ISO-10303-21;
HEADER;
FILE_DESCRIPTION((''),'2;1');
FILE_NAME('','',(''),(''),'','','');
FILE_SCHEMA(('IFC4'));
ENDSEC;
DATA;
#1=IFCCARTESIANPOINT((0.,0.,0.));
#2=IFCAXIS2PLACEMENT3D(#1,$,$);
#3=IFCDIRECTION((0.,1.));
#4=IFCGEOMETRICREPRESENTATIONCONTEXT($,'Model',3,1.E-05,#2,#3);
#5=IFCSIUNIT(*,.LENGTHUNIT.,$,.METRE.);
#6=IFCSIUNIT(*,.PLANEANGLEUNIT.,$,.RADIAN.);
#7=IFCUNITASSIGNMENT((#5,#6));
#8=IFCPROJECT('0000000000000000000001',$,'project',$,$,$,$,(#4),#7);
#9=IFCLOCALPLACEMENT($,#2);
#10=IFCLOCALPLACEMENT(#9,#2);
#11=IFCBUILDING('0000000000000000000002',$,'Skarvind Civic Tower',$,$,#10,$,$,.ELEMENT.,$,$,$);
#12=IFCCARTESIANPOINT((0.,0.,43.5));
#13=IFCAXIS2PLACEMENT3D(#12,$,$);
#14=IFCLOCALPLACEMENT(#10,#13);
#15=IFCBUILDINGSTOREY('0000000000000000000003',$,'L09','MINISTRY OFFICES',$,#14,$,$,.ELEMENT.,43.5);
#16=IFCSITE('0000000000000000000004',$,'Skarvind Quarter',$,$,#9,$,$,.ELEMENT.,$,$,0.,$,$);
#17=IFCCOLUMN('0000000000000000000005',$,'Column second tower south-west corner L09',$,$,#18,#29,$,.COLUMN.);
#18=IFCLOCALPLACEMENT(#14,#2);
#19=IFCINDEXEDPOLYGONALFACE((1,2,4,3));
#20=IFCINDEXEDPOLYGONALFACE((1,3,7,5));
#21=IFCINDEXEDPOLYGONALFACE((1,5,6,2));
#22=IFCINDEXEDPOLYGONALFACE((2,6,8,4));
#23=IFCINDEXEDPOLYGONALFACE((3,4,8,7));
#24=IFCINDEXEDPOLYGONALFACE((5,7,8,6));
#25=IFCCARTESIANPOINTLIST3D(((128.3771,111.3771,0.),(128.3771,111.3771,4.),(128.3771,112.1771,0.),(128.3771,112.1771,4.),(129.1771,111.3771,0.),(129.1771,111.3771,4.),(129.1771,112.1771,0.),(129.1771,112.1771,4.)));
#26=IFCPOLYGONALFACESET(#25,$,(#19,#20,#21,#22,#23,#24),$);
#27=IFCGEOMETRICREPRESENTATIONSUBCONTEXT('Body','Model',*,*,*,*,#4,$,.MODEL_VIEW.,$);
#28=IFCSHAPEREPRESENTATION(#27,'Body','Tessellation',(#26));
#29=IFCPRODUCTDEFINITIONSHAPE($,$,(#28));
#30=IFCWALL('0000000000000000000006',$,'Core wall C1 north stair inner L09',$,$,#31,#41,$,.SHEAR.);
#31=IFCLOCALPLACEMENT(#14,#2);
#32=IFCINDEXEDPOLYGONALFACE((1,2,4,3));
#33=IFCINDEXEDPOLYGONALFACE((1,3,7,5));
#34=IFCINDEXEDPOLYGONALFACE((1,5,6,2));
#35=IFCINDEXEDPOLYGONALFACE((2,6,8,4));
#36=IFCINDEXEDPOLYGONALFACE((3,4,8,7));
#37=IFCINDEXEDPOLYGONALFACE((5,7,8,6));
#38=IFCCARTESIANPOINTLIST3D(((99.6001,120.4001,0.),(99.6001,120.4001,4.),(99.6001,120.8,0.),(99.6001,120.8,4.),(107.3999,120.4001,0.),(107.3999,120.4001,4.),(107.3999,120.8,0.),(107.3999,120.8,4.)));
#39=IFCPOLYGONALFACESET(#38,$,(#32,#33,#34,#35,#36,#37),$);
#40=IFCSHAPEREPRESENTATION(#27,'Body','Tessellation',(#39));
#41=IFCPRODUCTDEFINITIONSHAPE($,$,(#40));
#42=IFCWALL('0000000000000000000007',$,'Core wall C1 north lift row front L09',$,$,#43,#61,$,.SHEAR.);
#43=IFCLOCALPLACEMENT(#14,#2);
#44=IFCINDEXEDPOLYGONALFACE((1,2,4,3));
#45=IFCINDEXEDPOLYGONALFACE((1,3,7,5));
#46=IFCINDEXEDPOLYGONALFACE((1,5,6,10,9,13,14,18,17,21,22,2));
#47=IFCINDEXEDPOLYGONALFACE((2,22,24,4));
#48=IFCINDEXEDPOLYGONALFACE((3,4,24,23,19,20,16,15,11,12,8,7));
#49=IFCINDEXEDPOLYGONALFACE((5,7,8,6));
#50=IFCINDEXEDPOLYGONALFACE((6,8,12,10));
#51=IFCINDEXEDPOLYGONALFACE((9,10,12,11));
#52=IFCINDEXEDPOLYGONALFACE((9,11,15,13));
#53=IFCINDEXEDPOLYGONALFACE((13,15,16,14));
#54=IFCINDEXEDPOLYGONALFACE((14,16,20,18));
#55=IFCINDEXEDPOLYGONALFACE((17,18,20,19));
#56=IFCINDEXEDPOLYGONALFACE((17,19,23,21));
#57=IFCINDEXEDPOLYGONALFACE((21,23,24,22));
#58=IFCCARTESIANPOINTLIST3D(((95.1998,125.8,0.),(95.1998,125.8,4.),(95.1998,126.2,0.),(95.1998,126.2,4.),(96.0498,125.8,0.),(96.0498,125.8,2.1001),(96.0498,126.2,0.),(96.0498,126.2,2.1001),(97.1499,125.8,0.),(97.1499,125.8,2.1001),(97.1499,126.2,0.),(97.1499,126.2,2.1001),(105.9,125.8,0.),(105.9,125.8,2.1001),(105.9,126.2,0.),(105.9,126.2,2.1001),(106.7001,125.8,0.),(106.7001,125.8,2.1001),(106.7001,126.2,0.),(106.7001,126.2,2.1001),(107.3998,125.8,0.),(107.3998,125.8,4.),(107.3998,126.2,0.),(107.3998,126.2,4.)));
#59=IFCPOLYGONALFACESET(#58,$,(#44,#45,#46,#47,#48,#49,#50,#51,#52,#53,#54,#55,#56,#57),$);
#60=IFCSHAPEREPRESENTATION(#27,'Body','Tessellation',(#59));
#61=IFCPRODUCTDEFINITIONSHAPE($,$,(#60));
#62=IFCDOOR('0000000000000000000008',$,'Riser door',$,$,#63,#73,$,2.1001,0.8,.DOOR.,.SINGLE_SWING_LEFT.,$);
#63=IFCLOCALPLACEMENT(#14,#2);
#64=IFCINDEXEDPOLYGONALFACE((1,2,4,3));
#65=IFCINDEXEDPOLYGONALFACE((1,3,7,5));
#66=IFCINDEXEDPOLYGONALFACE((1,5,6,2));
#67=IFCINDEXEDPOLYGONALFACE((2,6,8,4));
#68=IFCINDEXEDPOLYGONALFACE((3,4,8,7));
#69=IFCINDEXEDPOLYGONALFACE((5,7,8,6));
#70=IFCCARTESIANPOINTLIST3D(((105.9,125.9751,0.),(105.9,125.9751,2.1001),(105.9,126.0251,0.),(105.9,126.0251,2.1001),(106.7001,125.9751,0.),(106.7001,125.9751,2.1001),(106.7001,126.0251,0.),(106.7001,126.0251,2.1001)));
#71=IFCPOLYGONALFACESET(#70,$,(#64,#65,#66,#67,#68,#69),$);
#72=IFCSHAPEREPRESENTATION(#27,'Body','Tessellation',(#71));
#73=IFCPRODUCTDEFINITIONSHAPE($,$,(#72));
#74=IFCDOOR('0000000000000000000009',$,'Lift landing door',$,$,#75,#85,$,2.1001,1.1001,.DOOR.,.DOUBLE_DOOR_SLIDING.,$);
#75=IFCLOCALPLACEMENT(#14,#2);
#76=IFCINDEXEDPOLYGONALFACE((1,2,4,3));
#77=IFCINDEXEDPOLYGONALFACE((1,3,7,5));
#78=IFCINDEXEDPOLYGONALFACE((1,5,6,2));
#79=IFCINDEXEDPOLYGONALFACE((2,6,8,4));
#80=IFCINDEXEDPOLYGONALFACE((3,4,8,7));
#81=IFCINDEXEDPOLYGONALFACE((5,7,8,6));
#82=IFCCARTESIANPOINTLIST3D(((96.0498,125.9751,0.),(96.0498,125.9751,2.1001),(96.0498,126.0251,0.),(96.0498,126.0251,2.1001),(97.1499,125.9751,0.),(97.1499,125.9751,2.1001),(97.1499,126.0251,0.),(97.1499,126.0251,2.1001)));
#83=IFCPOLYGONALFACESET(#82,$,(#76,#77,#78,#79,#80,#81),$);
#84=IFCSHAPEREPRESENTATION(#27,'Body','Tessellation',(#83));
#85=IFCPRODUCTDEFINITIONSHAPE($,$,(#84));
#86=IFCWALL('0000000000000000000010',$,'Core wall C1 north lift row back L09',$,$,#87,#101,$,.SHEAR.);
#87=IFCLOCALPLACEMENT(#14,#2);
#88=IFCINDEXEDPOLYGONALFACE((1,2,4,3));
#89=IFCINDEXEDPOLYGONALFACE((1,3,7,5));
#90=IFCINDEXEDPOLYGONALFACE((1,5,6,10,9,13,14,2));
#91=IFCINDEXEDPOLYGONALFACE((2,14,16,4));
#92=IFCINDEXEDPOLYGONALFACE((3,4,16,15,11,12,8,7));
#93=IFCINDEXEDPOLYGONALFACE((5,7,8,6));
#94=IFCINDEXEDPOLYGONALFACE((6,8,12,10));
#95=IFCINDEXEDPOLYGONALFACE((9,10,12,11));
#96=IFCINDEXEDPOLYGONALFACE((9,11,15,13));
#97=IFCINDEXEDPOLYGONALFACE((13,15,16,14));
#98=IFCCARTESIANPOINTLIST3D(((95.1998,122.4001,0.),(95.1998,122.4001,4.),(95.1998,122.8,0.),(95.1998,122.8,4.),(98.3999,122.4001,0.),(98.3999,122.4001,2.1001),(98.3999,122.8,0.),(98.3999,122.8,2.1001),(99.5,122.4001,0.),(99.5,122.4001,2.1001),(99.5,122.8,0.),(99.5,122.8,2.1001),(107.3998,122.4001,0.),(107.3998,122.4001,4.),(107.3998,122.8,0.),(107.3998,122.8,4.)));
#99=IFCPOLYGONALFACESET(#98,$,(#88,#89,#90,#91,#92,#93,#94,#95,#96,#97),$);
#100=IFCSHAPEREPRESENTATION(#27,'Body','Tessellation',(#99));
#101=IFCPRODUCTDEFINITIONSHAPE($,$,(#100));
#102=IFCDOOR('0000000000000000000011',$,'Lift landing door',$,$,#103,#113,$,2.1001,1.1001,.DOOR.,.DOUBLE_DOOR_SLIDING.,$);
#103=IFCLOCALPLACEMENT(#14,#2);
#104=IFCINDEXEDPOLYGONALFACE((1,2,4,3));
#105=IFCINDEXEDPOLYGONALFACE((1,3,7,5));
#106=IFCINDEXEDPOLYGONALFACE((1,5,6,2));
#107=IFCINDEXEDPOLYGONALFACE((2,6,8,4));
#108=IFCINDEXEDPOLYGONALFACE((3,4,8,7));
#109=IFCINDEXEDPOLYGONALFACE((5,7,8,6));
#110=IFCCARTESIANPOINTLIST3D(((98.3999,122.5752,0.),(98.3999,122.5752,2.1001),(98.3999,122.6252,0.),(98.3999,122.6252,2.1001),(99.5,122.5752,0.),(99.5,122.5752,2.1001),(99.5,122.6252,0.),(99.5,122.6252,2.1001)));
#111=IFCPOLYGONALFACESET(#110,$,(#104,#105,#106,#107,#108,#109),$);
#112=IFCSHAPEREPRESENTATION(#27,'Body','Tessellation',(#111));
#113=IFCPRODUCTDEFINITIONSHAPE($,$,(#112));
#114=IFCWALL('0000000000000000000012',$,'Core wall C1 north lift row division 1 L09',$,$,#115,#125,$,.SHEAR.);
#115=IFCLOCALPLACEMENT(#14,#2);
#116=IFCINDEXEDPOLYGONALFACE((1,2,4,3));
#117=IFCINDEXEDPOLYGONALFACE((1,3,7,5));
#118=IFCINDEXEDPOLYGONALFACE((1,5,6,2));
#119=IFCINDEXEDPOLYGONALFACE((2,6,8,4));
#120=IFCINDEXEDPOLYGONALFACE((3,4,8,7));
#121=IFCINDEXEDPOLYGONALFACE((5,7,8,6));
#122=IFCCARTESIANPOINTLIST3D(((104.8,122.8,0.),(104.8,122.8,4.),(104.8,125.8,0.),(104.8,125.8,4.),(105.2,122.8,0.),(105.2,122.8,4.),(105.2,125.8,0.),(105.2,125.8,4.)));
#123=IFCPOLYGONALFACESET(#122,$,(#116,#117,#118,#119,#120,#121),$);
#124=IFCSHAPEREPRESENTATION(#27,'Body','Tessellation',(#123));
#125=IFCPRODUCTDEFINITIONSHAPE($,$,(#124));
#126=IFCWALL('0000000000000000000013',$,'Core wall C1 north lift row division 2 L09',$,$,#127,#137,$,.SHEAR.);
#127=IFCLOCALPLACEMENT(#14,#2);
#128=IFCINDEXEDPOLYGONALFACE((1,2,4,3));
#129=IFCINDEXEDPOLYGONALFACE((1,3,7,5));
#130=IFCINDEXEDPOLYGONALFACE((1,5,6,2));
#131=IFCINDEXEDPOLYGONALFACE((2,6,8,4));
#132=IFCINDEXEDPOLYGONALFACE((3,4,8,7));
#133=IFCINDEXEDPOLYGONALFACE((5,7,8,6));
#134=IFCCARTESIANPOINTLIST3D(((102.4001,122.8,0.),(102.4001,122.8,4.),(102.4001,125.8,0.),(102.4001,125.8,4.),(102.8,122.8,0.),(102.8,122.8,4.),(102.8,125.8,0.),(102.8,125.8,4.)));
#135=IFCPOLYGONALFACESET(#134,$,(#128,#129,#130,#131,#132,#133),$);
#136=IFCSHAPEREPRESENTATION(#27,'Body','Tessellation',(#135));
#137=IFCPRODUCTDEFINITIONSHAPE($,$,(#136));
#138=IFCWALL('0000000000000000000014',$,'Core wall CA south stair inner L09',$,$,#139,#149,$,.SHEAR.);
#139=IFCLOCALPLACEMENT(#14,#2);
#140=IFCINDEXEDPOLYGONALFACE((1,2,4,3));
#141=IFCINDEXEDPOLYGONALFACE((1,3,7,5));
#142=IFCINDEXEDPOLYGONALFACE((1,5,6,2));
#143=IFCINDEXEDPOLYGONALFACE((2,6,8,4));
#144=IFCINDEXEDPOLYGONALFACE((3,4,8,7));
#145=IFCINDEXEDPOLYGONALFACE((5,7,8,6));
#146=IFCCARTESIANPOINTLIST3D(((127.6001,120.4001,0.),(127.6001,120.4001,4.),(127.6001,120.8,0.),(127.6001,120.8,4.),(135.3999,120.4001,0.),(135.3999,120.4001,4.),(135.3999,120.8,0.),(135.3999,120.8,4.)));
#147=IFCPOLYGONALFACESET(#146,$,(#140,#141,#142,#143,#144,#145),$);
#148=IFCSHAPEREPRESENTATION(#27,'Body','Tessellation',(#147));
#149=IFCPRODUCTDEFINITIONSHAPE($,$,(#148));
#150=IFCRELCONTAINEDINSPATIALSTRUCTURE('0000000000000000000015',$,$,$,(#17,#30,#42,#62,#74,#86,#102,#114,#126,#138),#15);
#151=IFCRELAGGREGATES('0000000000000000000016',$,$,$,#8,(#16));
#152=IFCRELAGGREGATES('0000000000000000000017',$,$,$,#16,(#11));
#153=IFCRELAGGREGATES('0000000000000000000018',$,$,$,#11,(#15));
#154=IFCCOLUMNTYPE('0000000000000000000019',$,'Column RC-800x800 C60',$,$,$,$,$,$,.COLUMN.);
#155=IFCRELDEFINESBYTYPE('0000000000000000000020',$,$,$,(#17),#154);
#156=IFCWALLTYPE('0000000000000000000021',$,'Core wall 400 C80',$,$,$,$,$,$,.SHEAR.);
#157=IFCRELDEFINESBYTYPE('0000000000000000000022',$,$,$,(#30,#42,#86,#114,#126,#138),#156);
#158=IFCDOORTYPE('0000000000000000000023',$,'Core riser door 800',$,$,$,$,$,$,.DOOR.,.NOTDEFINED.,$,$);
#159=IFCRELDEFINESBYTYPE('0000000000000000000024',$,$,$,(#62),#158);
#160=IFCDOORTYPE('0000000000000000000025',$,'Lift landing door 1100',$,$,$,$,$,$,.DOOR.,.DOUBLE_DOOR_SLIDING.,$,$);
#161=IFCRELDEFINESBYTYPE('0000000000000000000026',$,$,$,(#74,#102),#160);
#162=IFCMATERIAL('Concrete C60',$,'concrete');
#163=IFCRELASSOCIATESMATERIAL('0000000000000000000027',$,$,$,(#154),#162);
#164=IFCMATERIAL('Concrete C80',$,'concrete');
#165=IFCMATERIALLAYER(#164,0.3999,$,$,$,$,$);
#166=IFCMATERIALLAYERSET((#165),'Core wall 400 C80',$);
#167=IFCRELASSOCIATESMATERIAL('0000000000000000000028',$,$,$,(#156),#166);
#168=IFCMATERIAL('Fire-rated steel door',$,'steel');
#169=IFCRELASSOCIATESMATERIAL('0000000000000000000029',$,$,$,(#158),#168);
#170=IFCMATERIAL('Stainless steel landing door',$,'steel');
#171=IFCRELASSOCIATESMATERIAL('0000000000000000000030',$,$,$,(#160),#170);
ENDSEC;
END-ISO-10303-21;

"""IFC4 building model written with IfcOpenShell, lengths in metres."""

from ifc_helpers import new_model, si_unit, direction, frame, frame_2d, origin, origin_2d, place, context, subcontext, project, spatial, rectangle, extrude, material, layer, layer_set, material_profile, profile_set, type_object, element, fill, save


model = new_model("IFC4")

# Units and contexts
model_context = context("Model", 3, precision=1e-05, world=origin(), true_north=direction((0.0, 1.0)))
body_context = subcontext(model_context, "Body", "Model", "MODEL_VIEW")
ifc_project = project(units=[si_unit("LENGTHUNIT", "METRE"), si_unit("PLANEANGLEUNIT", "RADIAN")], contexts=[model_context])

# Site, building, storey
site_placement = place(None, origin())
site = spatial("IfcSite", under=ifc_project, at=site_placement, Name="Skarvind Quarter", CompositionType="ELEMENT", RefElevation=0.0)
building_placement = place(site_placement, origin())
building = spatial("IfcBuilding", under=site, at=building_placement, Name="Skarvind Civic Tower", CompositionType="ELEMENT")
storey_placement = place(building_placement, frame((0.0, 0.0, 43.5)))
storey = spatial("IfcBuildingStorey", under=building, at=storey_placement, Name="L09", Description="MINISTRY OFFICES", CompositionType="ELEMENT", Elevation=43.5)

# Column
ifc_material_1 = material(Name="Concrete C60", Category="concrete")
ifc_material_profile = material_profile(ifc_material_1, rectangle(XDim=0.8, YDim=0.8, at=origin_2d()), Name="RC-800x800")
ifc_profile_set = profile_set([ifc_material_profile], Name="Concrete C60")
column_type = type_object("IfcColumnType", Name="Column RC-800x800 C60", PredefinedType="COLUMN", material=ifc_profile_set)
column_placement = place(storey_placement, frame((128.7771, 111.7771, 0.0), z_axis=(0.0, 0.0, 1.0), x_axis=(1.0, 0.0, 0.0)))
element("IfcColumn", 1, at=column_placement, inside=storey, type_object=column_type, Name="Column second tower south-west corner L09", PredefinedType="COLUMN", context=body_context, shape_type="SweptSolid", body=[
    extrude(rectangle(XDim=0.8, YDim=0.8, at=origin_2d()), origin(), (0.0, 0.0, 1.0), 4.0),
])

# Wall
ifc_material_2 = material(Name="Concrete C80", Category="concrete")
ifc_layer_1 = layer(ifc_material_2, 0.3999)
ifc_layer_set_1 = layer_set([ifc_layer_1], Name="Core wall 400 C80")
wall_type_1 = type_object("IfcWallType", Name="Core wall 400 C80", PredefinedType="SHEAR", material=ifc_layer_set_1)
wall_1_placement = place(storey_placement, frame((107.3999, 120.6001, 0.0), z_axis=(0.0, 0.0, 1.0), x_axis=(-1.0, 0.0, 0.0)))
element("IfcWall", 2, at=wall_1_placement, inside=storey, type_object=wall_type_1, Name="Core wall C1 north stair inner L09", PredefinedType="SHEAR", context=body_context, shape_type="SweptSolid", body=[
    extrude(rectangle(XDim=7.7998, YDim=0.3999, at=frame_2d((3.8999, 0.0))), origin(), (0.0, 0.0, 1.0), 4.0),
])

# Wall, openings, doors
wall_2_placement = place(storey_placement, frame((107.3999, 126.0, 0.0), z_axis=(0.0, 0.0, 1.0), x_axis=(-1.0, 0.0, 0.0)))
wall_2 = element("IfcWall", 3, at=wall_2_placement, inside=storey, type_object=wall_type_1, Name="Core wall C1 north lift row front L09", PredefinedType="SHEAR", context=body_context, shape_type="SweptSolid", body=[
    extrude(rectangle(XDim=12.2, YDim=0.3999, at=frame_2d((6.1001, 0.0))), origin(), (0.0, 0.0, 1.0), 4.0),
])
opening_1_placement = place(wall_2_placement, frame((10.25, 0.0, 0.0)))
opening_1 = element("IfcOpeningElement", 4, at=opening_1_placement, cuts=wall_2, PredefinedType="OPENING", context=body_context, shape_type="SweptSolid", body=[
    extrude(rectangle(XDim=1.1001, YDim=2.1001, at=frame_2d((0.55, 1.05))), frame((0.0, 0.21, 0.0), z_axis=(0.0, -1.0, 0.0), x_axis=(1.0, 0.0, 0.0)), (0.0, 0.0, 1.0), 0.4199),
])
opening_2_placement = place(wall_2_placement, frame((0.7, 0.0, 0.0)))
opening_2 = element("IfcOpeningElement", 5, at=opening_2_placement, cuts=wall_2, PredefinedType="OPENING", context=body_context, shape_type="SweptSolid", body=[
    extrude(rectangle(XDim=0.8, YDim=2.1001, at=frame_2d((0.3999, 1.05))), frame((0.0, 0.21, 0.0), z_axis=(0.0, -1.0, 0.0), x_axis=(1.0, 0.0, 0.0)), (0.0, 0.0, 1.0), 0.4199),
])
ifc_material_3 = material(Name="Fire-rated steel door", Category="steel")
door_type_1 = type_object("IfcDoorType", Name="Core riser door 800", OperationType="NOTDEFINED", PredefinedType="DOOR", material=ifc_material_3)
door_1_placement = place(opening_2_placement, origin())
door_1 = element("IfcDoor", 6, at=door_1_placement, inside=storey, type_object=door_type_1, Name="Riser door", OperationType="SINGLE_SWING_LEFT", OverallHeight=2.1001, OverallWidth=0.8, PredefinedType="DOOR", context=body_context, shape_type="SweptSolid", body=[
    extrude(rectangle(XDim=0.8, YDim=2.1001, at=frame_2d((0.3999, 1.05))), frame((0.0, 0.0249, 0.0), z_axis=(0.0, -1.0, 0.0), x_axis=(1.0, 0.0, 0.0)), (0.0, 0.0, 1.0), 0.05),
])
fill(opening_2, door_1)
ifc_material_4 = material(Name="Stainless steel landing door", Category="steel")
door_type_2 = type_object("IfcDoorType", Name="Lift landing door 1100", OperationType="DOUBLE_DOOR_SLIDING", PredefinedType="DOOR", material=ifc_material_4)
door_2_placement = place(opening_1_placement, origin())
door_2 = element("IfcDoor", 7, at=door_2_placement, inside=storey, type_object=door_type_2, Name="Lift landing door", OperationType="DOUBLE_DOOR_SLIDING", OverallHeight=2.1001, OverallWidth=1.1001, PredefinedType="DOOR", context=body_context, shape_type="SweptSolid", body=[
    extrude(rectangle(XDim=1.1001, YDim=2.1001, at=frame_2d((0.55, 1.05))), frame((0.0, 0.0249, 0.0), z_axis=(0.0, -1.0, 0.0), x_axis=(1.0, 0.0, 0.0)), (0.0, 0.0, 1.0), 0.05),
])
fill(opening_1, door_2)

# Wall, opening, door
wall_3_placement = place(storey_placement, frame((107.3999, 122.6001, 0.0), z_axis=(0.0, 0.0, 1.0), x_axis=(-1.0, 0.0, 0.0)))
wall_3 = element("IfcWall", 8, at=wall_3_placement, inside=storey, type_object=wall_type_1, Name="Core wall C1 north lift row back L09", PredefinedType="SHEAR", context=body_context, shape_type="SweptSolid", body=[
    extrude(rectangle(XDim=12.2, YDim=0.3999, at=frame_2d((6.1001, 0.0))), origin(), (0.0, 0.0, 1.0), 4.0),
])
opening_3_placement = place(wall_3_placement, frame((7.8999, 0.0, 0.0)))
opening_3 = element("IfcOpeningElement", 9, at=opening_3_placement, cuts=wall_3, PredefinedType="OPENING", context=body_context, shape_type="SweptSolid", body=[
    extrude(rectangle(XDim=1.1001, YDim=2.1001, at=frame_2d((0.55, 1.05))), frame((0.0, 0.21, 0.0), z_axis=(0.0, -1.0, 0.0), x_axis=(1.0, 0.0, 0.0)), (0.0, 0.0, 1.0), 0.4199),
])
door_3_placement = place(opening_3_placement, origin())
door_3 = element("IfcDoor", 10, at=door_3_placement, inside=storey, type_object=door_type_2, Name="Lift landing door", OperationType="DOUBLE_DOOR_SLIDING", OverallHeight=2.1001, OverallWidth=1.1001, PredefinedType="DOOR", context=body_context, shape_type="SweptSolid", body=[
    extrude(rectangle(XDim=1.1001, YDim=2.1001, at=frame_2d((0.55, 1.05))), frame((0.0, 0.0249, 0.0), z_axis=(0.0, -1.0, 0.0), x_axis=(1.0, 0.0, 0.0)), (0.0, 0.0, 1.0), 0.05),
])
fill(opening_3, door_3)

# Walls
for number, where, z_axis, x_axis, name in (
    (11, (105.0, 125.8, 0.0), (0.0, 0.0, 1.0), (0.0, -1.0, 0.0), "Core wall C1 north lift row division 1 L09"),
    (12, (102.6001, 125.8, 0.0), (0.0, 0.0, 1.0), (0.0, -1.0, 0.0), "Core wall C1 north lift row division 2 L09"),
):
    element("IfcWall", number, at=place(storey_placement, frame(where, z_axis=z_axis, x_axis=x_axis)), inside=storey, type_object=wall_type_1, Name=name, PredefinedType="SHEAR", context=body_context, shape_type="SweptSolid", body=[
        extrude(rectangle(XDim=3.0, YDim=0.3999, at=frame_2d((1.5, 0.0))), origin(), (0.0, 0.0, 1.0), 4.0),
    ])
wall_4_placement = place(storey_placement, frame((127.6001, 120.6001, 0.0), z_axis=(0.0, 0.0, 1.0), x_axis=(1.0, 0.0, 0.0)))
element("IfcWall", 13, at=wall_4_placement, inside=storey, type_object=wall_type_1, Name="Core wall CA south stair inner L09", PredefinedType="SHEAR", context=body_context, shape_type="SweptSolid", body=[
    extrude(rectangle(XDim=7.7998, YDim=0.3999, at=frame_2d((3.8999, 0.0))), origin(), (0.0, 0.0, 1.0), 4.0),
])

save(model, "model.ifc")
